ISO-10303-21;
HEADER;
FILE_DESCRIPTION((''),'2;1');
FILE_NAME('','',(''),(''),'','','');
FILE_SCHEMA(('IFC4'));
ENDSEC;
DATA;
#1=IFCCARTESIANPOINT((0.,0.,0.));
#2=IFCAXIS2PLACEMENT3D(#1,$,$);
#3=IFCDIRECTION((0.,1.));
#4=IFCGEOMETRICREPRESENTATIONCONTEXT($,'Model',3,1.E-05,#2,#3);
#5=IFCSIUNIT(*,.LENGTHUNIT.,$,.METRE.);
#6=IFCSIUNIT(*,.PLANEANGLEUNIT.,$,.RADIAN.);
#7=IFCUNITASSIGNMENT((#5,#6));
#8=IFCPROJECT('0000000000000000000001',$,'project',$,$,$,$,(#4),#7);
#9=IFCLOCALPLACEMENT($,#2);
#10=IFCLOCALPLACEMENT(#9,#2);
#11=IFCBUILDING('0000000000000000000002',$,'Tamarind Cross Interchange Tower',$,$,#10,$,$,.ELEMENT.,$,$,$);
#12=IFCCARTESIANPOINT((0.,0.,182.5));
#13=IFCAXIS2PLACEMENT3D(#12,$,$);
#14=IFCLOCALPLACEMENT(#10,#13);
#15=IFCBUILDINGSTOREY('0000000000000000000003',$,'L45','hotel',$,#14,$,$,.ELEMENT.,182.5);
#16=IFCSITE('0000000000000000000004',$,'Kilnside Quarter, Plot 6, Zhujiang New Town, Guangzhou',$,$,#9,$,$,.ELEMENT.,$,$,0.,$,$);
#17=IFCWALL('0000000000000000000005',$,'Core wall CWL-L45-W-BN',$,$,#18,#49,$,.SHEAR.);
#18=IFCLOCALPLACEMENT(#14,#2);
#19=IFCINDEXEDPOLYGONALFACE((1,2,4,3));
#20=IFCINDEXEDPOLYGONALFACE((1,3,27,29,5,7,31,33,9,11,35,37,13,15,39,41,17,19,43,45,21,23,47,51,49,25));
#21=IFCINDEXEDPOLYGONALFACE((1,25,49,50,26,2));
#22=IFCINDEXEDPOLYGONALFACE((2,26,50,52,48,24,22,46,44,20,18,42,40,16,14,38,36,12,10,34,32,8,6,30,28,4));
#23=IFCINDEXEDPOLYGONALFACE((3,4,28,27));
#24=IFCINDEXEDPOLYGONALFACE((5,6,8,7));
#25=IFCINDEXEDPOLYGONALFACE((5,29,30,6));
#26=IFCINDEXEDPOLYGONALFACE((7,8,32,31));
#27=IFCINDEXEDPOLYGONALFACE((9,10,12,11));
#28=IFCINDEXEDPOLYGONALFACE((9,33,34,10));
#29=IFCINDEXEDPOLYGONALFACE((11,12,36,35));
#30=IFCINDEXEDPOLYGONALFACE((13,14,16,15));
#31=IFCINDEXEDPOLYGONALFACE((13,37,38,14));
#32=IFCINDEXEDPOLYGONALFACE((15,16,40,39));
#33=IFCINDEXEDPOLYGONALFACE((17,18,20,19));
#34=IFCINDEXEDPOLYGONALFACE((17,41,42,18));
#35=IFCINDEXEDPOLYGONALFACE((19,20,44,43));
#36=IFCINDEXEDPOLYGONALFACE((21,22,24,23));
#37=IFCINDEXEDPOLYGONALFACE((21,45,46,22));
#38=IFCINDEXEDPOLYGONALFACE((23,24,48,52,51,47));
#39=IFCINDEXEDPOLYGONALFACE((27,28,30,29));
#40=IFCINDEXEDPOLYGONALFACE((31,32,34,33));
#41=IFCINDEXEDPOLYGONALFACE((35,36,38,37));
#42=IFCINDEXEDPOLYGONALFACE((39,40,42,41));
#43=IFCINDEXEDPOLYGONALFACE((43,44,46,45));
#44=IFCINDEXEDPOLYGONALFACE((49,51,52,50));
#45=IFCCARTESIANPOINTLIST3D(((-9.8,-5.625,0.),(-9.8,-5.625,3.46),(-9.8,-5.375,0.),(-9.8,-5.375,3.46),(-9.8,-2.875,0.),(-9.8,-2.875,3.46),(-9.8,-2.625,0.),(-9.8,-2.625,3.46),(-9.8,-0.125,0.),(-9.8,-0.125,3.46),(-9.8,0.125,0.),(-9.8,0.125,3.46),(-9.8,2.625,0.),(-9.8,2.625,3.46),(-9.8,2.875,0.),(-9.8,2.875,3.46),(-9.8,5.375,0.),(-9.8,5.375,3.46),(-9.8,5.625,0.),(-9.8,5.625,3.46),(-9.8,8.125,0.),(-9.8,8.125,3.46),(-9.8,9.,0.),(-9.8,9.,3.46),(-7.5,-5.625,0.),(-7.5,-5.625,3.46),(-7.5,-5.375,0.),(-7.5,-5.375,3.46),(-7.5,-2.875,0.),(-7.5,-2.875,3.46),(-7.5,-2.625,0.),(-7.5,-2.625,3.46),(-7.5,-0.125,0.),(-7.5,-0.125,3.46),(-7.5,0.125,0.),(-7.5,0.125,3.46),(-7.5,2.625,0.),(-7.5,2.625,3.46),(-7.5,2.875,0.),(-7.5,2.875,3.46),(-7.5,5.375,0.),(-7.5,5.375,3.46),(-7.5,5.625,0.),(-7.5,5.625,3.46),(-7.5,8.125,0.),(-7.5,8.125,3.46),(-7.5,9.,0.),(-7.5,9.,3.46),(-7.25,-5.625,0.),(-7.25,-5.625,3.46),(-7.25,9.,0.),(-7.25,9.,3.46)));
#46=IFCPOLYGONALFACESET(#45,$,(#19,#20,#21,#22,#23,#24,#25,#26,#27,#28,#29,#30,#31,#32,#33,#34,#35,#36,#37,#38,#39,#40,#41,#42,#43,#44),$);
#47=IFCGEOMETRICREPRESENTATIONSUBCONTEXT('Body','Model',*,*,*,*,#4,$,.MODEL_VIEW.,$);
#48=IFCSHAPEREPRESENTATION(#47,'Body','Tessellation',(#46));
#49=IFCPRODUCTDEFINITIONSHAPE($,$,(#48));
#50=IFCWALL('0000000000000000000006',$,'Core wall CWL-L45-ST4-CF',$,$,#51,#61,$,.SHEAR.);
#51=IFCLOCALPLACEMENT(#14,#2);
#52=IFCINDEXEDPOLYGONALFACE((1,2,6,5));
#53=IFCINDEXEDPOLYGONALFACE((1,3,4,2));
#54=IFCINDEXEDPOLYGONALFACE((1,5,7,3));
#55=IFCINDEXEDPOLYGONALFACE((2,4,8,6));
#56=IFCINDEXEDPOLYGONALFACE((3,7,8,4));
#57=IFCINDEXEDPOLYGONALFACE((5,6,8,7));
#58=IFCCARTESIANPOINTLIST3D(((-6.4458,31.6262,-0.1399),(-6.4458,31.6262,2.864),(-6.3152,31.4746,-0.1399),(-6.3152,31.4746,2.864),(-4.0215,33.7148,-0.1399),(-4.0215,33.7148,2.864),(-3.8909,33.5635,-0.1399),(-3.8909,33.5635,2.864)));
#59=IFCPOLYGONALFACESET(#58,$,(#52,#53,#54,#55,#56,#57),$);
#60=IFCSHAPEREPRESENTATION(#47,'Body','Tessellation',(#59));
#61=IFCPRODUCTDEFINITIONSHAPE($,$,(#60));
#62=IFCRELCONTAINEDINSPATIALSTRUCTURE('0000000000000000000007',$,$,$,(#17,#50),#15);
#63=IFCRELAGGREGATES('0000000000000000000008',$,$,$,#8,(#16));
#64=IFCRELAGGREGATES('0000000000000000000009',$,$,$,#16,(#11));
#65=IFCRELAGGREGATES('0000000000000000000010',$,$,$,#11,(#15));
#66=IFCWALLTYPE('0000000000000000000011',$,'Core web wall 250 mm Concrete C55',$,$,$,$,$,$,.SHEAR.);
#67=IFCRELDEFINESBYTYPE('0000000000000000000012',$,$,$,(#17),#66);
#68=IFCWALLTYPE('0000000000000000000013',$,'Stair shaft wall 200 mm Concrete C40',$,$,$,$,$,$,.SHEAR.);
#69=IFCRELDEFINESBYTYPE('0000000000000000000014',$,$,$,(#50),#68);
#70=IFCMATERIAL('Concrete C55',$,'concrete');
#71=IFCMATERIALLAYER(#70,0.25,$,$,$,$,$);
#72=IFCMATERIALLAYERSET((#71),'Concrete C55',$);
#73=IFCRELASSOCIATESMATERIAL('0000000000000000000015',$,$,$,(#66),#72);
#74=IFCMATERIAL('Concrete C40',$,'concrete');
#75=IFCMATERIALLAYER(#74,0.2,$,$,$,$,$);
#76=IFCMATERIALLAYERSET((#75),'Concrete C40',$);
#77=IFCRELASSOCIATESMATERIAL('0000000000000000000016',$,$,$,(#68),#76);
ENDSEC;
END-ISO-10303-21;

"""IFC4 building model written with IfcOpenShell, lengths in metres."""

from ifc_helpers import new_model, si_unit, direction, frame, origin, place, context, subcontext, project, spatial, polyline, outline, extrude, material, layer, layer_set, type_object, element, save


model = new_model("IFC4")

# Units and contexts
model_context = context("Model", 3, precision=1e-05, world=origin(), true_north=direction((0.0, 1.0)))
body_context = subcontext(model_context, "Body", "Model", "MODEL_VIEW")
ifc_project = project(units=[si_unit("LENGTHUNIT", "METRE"), si_unit("PLANEANGLEUNIT", "RADIAN")], contexts=[model_context])

# Site, building, storey
site_placement = place(None, origin())
site = spatial("IfcSite", under=ifc_project, at=site_placement, Name="Kilnside Quarter, Plot 6, Zhujiang New Town, Guangzhou", CompositionType="ELEMENT", RefElevation=0.0)
building_placement = place(site_placement, origin())
building = spatial("IfcBuilding", under=site, at=building_placement, Name="Tamarind Cross Interchange Tower", CompositionType="ELEMENT")
storey_placement = place(building_placement, frame((0.0, 0.0, 182.5)))
storey = spatial("IfcBuildingStorey", under=building, at=storey_placement, Name="L45", Description="hotel", CompositionType="ELEMENT", Elevation=182.5)

# Walls
ifc_material_1 = material(Name="Concrete C55", Category="concrete")
ifc_layer_1 = layer(ifc_material_1, 0.25)
ifc_layer_set_1 = layer_set([ifc_layer_1], Name="Concrete C55")
wall_type_1 = type_object("IfcWallType", Name="Core web wall 250 mm Concrete C55", PredefinedType="SHEAR", material=ifc_layer_set_1)
wall_1_placement = place(storey_placement, origin())
element("IfcWall", 1, at=wall_1_placement, inside=storey, type_object=wall_type_1, Name="Core wall CWL-L45-W-BN", PredefinedType="SHEAR", context=body_context, shape_type="SweptSolid", body=[
    extrude(outline(polyline([(-9.8, -5.375), (-9.8, -5.625), (-7.5, -5.625), (-7.25, -5.625), (-7.25, 9.0), (-7.5, 9.0), (-9.8, 9.0), (-9.8, 8.125), (-7.5, 8.125), (-7.5, 5.625), (-9.8, 5.625), (-9.8, 5.375), (-7.5, 5.375), (-7.5, 2.875), (-9.8, 2.875), (-9.8, 2.625), (-7.5, 2.625), (-7.5, 0.125), (-9.8, 0.125), (-9.8, -0.125), (-7.5, -0.125), (-7.5, -2.625), (-9.8, -2.625), (-9.8, -2.875), (-7.5, -2.875), (-7.5, -5.375), (-9.8, -5.375)])), origin(), (0.0, 0.0, 1.0), 3.46),
])
ifc_material_2 = material(Name="Concrete C40", Category="concrete")
ifc_layer_2 = layer(ifc_material_2, 0.2)
ifc_layer_set_2 = layer_set([ifc_layer_2], Name="Concrete C40")
wall_type_2 = type_object("IfcWallType", Name="Stair shaft wall 200 mm Concrete C40", PredefinedType="SHEAR", material=ifc_layer_set_2)
wall_2_placement = place(storey_placement, frame((0.0, 0.0, -0.1399)))
element("IfcWall", 2, at=wall_2_placement, inside=storey, type_object=wall_type_2, Name="Core wall CWL-L45-ST4-CF", PredefinedType="SHEAR", context=body_context, shape_type="SweptSolid", body=[
    extrude(outline(polyline([(-3.8909, 33.5635), (-4.0215, 33.7148), (-6.4458, 31.6262), (-6.3152, 31.4746), (-3.8909, 33.5635)])), origin(), (0.0, 0.0, 1.0), 3.0039),
])

save(model, "model.ifc")
